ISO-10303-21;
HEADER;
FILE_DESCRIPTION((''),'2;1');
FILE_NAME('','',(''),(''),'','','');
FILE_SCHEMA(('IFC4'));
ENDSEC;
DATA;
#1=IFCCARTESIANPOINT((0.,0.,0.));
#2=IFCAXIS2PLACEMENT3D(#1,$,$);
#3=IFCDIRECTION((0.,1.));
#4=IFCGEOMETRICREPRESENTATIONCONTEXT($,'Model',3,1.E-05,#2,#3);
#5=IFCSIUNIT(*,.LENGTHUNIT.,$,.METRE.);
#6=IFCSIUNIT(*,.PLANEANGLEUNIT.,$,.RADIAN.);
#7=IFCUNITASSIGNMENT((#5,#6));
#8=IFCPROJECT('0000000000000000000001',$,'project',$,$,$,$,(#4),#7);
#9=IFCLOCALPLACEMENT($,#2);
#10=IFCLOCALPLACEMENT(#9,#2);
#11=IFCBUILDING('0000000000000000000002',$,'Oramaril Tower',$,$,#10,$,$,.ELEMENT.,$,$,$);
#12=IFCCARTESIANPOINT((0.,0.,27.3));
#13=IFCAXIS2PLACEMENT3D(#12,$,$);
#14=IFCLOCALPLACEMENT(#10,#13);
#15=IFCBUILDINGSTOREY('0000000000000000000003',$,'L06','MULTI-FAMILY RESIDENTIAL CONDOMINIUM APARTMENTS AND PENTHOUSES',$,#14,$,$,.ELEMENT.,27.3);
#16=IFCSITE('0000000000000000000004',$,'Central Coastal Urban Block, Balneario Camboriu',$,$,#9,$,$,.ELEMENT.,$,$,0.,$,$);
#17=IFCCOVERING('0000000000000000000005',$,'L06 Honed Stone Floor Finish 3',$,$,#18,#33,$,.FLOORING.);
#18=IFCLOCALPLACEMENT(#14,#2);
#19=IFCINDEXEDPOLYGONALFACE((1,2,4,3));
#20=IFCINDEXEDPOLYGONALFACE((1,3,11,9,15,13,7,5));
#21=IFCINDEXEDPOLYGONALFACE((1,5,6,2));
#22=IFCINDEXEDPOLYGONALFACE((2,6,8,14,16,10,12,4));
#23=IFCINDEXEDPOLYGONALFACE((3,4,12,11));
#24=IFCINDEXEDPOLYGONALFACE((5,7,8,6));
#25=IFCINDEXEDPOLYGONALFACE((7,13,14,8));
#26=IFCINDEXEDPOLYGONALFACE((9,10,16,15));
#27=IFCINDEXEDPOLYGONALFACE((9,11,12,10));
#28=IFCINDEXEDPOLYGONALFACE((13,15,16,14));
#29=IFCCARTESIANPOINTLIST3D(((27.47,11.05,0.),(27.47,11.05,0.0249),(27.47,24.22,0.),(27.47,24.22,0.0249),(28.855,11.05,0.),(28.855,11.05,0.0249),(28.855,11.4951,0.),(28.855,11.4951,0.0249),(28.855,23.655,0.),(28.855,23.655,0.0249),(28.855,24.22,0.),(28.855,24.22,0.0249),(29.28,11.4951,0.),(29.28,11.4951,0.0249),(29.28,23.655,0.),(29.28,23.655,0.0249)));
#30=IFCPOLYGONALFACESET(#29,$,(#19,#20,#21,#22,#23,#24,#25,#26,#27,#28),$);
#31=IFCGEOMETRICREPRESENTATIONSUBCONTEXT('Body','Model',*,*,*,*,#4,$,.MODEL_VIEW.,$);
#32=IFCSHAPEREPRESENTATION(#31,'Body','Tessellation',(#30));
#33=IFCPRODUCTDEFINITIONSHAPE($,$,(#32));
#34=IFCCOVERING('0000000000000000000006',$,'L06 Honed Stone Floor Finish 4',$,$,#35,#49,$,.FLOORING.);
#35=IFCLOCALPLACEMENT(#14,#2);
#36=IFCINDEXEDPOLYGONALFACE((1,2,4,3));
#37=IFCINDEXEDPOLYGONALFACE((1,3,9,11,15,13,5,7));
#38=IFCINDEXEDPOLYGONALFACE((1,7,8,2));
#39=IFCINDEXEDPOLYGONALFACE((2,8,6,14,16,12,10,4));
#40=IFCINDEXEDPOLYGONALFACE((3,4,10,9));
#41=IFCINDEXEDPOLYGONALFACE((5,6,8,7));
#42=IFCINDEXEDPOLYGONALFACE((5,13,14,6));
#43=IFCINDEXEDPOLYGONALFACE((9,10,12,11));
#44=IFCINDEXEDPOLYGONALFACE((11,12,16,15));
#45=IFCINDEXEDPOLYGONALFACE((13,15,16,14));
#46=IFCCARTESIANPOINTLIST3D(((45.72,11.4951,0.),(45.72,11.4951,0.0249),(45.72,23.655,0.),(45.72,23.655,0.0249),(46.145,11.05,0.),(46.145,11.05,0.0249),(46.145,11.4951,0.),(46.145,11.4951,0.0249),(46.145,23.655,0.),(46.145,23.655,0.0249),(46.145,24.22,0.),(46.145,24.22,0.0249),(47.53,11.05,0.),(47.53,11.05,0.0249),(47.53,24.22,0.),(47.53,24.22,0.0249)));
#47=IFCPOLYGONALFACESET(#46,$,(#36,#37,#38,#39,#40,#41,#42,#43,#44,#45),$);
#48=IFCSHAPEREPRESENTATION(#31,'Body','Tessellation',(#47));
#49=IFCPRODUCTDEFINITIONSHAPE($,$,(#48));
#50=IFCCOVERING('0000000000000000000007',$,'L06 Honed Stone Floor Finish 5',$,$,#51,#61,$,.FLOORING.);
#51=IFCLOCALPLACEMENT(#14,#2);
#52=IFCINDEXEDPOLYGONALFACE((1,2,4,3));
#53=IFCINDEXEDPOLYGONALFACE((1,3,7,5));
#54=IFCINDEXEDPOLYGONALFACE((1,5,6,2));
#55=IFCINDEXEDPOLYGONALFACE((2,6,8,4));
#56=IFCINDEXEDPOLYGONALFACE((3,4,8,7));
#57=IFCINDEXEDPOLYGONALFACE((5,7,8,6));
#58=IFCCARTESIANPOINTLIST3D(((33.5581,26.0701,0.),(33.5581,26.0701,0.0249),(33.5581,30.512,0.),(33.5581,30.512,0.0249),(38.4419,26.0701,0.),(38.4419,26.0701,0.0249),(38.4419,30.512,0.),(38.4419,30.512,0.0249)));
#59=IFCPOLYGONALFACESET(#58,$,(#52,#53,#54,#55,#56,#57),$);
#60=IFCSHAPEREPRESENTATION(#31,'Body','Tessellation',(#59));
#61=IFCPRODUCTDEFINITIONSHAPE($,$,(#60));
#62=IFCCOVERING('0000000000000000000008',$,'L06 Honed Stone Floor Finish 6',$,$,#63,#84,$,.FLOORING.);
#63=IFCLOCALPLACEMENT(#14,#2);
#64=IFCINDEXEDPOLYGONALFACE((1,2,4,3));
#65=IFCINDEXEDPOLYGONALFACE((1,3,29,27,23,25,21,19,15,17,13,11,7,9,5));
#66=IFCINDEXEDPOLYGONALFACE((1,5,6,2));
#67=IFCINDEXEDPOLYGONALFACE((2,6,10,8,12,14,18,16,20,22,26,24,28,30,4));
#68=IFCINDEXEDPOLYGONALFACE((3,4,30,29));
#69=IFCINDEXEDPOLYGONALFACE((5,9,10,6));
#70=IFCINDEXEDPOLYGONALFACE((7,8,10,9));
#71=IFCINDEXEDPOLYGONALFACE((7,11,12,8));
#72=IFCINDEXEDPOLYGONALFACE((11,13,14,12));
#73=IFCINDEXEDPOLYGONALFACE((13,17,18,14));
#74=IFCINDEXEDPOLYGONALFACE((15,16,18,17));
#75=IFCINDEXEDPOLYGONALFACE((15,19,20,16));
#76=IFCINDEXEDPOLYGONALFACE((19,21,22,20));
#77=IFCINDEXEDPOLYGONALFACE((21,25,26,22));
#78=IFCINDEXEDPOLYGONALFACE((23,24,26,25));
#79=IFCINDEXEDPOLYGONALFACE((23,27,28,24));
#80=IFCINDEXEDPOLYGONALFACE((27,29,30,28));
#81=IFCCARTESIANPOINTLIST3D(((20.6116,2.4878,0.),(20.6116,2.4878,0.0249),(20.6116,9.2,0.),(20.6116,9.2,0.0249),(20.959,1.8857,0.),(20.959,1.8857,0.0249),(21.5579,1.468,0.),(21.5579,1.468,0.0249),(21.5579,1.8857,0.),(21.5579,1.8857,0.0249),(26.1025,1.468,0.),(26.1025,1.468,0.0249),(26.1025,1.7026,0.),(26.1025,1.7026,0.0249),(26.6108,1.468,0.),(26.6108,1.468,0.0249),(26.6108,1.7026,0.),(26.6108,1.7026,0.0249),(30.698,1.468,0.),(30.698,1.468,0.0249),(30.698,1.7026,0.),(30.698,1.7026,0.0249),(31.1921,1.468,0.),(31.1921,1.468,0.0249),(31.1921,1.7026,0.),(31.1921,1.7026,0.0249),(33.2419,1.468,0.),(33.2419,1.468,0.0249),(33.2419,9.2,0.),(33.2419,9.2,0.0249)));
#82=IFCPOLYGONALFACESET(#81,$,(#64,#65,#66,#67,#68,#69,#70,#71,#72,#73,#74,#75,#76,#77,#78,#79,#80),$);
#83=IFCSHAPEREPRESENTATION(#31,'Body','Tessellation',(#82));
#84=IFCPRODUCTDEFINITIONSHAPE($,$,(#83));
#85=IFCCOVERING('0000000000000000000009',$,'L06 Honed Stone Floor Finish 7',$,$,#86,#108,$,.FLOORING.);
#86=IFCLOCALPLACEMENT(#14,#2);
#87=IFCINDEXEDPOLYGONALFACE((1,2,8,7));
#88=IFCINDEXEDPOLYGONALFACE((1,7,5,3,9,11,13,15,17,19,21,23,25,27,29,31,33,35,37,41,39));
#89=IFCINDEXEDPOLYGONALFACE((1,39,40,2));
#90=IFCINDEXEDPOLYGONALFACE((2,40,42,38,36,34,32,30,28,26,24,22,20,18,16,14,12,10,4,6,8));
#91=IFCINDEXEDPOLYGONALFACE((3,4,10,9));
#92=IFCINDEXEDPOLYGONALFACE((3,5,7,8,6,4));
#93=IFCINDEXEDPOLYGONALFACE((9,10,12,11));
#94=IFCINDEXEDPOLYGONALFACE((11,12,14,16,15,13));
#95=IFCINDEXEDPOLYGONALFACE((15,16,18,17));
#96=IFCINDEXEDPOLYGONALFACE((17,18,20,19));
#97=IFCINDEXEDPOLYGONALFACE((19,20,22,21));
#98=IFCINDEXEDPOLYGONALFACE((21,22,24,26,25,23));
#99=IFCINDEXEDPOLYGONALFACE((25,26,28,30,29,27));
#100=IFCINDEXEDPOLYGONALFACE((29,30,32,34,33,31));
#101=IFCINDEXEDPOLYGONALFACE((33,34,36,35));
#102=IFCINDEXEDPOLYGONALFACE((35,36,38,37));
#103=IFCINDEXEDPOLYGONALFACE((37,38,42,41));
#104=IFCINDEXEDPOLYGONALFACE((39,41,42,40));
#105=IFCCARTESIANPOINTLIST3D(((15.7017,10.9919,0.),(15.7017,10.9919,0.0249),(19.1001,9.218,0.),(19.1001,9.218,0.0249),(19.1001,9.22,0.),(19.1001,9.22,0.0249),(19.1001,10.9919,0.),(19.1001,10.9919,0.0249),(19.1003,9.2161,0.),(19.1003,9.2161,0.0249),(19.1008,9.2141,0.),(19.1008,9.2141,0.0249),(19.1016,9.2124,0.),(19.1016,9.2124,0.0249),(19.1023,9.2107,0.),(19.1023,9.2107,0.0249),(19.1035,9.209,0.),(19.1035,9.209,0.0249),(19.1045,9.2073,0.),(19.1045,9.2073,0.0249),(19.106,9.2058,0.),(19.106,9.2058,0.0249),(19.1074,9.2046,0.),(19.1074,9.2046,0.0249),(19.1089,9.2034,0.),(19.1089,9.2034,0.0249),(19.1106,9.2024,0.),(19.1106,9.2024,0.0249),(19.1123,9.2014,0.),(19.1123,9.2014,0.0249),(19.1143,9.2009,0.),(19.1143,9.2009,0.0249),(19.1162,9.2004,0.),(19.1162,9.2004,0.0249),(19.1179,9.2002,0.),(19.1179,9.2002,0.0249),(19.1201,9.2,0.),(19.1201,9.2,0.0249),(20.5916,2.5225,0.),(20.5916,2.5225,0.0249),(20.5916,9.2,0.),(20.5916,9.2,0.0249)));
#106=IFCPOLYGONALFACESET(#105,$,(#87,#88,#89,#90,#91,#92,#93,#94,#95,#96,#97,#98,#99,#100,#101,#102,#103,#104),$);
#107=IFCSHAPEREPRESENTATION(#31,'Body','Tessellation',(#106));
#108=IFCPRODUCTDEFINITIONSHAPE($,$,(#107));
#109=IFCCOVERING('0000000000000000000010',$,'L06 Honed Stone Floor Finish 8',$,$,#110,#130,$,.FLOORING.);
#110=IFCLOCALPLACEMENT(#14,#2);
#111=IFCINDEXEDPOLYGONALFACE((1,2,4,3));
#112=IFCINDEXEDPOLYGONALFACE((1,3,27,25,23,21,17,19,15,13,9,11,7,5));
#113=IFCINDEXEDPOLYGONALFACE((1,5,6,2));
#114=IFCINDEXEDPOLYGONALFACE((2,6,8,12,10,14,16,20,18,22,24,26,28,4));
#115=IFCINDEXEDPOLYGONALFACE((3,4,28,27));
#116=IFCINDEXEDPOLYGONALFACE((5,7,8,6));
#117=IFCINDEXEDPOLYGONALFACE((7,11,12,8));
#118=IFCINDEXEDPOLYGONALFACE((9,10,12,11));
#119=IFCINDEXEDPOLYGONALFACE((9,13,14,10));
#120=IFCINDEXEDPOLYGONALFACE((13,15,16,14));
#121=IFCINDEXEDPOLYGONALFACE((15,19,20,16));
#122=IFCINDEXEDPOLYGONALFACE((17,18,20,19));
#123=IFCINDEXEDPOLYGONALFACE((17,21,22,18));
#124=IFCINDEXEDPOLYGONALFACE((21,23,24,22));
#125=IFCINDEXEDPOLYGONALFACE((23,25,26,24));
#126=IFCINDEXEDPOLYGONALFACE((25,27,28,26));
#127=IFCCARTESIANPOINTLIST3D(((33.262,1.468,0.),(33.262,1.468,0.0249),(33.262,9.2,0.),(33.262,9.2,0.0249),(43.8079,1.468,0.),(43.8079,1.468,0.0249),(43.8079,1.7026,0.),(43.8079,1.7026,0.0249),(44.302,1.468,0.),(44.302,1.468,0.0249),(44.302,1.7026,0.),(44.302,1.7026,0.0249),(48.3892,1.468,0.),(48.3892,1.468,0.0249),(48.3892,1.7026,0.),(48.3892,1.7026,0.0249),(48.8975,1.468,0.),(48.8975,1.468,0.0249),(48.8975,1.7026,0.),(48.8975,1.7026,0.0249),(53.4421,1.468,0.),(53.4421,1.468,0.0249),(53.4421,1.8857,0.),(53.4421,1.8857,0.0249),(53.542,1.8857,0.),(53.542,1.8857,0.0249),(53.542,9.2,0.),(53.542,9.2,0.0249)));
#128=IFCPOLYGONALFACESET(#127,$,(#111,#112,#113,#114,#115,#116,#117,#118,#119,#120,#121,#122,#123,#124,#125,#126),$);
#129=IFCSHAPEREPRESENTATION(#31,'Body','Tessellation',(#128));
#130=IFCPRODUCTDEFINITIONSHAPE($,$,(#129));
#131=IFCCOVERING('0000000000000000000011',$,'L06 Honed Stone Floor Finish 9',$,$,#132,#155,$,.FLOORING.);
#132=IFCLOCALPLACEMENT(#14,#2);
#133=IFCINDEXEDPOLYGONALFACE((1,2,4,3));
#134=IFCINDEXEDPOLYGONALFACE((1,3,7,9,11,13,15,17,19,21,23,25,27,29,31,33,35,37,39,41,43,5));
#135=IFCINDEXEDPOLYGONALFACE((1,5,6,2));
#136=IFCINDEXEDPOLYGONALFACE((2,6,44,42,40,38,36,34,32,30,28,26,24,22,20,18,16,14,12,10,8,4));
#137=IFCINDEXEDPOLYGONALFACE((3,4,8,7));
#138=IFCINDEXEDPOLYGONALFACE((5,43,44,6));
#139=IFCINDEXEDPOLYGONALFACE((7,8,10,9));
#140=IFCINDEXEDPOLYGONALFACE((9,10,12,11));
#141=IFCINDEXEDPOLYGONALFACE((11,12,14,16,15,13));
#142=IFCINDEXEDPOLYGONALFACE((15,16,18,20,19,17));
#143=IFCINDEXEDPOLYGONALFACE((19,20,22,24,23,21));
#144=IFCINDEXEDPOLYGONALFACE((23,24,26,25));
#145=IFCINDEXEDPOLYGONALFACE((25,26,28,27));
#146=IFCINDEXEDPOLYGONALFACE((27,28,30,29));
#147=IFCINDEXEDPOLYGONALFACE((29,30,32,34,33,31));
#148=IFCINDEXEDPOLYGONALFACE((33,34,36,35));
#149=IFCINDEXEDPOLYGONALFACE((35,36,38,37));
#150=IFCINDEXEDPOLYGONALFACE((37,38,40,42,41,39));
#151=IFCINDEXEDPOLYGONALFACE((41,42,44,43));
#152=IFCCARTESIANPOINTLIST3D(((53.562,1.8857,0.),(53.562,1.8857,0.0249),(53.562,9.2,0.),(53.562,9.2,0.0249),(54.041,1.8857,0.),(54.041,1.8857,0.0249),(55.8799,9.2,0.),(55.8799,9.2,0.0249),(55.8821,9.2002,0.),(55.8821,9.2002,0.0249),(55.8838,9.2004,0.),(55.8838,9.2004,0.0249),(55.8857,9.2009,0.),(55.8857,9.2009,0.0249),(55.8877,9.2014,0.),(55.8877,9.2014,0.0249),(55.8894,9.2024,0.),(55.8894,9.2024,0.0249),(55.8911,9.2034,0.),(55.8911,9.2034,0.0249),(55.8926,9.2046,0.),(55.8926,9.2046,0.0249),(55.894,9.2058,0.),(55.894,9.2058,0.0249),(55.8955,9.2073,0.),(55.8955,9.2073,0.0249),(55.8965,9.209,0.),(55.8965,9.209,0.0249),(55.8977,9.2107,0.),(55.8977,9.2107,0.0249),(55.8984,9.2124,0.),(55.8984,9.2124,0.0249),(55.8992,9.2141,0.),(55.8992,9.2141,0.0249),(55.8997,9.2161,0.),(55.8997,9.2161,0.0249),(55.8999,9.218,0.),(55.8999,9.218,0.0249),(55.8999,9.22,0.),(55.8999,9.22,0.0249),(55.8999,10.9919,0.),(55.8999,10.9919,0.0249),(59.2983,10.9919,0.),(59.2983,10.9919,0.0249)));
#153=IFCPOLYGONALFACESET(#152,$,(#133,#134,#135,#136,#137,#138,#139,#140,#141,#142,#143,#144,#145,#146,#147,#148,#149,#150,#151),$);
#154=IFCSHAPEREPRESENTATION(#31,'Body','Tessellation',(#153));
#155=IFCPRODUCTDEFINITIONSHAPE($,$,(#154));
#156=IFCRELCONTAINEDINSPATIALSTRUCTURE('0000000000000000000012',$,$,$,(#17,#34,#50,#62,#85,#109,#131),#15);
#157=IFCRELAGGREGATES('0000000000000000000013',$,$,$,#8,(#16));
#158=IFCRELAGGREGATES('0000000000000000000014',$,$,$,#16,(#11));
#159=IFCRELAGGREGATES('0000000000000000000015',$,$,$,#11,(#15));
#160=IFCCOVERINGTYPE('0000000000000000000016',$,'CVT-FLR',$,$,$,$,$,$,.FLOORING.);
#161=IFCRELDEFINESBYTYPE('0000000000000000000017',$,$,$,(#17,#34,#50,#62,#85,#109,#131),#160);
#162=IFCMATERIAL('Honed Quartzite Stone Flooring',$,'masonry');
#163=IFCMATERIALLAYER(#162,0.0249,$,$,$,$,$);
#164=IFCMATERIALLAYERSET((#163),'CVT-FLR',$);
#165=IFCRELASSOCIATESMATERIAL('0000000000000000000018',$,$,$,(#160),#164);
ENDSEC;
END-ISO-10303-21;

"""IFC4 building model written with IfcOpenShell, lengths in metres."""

from ifc_helpers import new_model, si_unit, direction, frame, origin, place, context, subcontext, project, spatial, polyline, outline, extrude, material, layer, layer_set, type_object, element, save


model = new_model("IFC4")

# Units and contexts
model_context = context("Model", 3, precision=1e-05, world=origin(), true_north=direction((0.0, 1.0)))
body_context = subcontext(model_context, "Body", "Model", "MODEL_VIEW")
ifc_project = project(units=[si_unit("LENGTHUNIT", "METRE"), si_unit("PLANEANGLEUNIT", "RADIAN")], contexts=[model_context])

# Site, building, storey
site_placement = place(None, origin())
site = spatial("IfcSite", under=ifc_project, at=site_placement, Name="Central Coastal Urban Block, Balneario Camboriu", CompositionType="ELEMENT", RefElevation=0.0)
building_placement = place(site_placement, origin())
building = spatial("IfcBuilding", under=site, at=building_placement, Name="Oramaril Tower", CompositionType="ELEMENT")
storey_placement = place(building_placement, frame((0.0, 0.0, 27.3)))
storey = spatial("IfcBuildingStorey", under=building, at=storey_placement, Name="L06", Description="MULTI-FAMILY RESIDENTIAL CONDOMINIUM APARTMENTS AND PENTHOUSES", CompositionType="ELEMENT", Elevation=27.3)

# Coverings
ifc_material_1 = material(Name="Honed Quartzite Stone Flooring", Category="masonry")
ifc_layer_1 = layer(ifc_material_1, 0.0249)
ifc_layer_set_1 = layer_set([ifc_layer_1], Name="CVT-FLR")
covering_type = type_object("IfcCoveringType", Name="CVT-FLR", PredefinedType="FLOORING", material=ifc_layer_set_1)
covering_1_placement = place(storey_placement, origin())
element("IfcCovering", 1, at=covering_1_placement, inside=storey, type_object=covering_type, Name="L06 Honed Stone Floor Finish 3", PredefinedType="FLOORING", context=body_context, shape_type="SweptSolid", body=[
    extrude(outline(polyline([(28.855, 23.655), (29.28, 23.655), (29.28, 11.4951), (28.855, 11.4951), (28.855, 11.05), (27.47, 11.05), (27.47, 24.22), (28.855, 24.22), (28.855, 23.655)])), origin(), (0.0, 0.0, 1.0), 0.0249),
])
covering_2_placement = place(storey_placement, origin())
element("IfcCovering", 2, at=covering_2_placement, inside=storey, type_object=covering_type, Name="L06 Honed Stone Floor Finish 4", PredefinedType="FLOORING", context=body_context, shape_type="SweptSolid", body=[
    extrude(outline(polyline([(47.53, 11.05), (46.145, 11.05), (46.145, 11.4951), (45.72, 11.4951), (45.72, 23.655), (46.145, 23.655), (46.145, 24.22), (47.53, 24.22), (47.53, 11.05)])), origin(), (0.0, 0.0, 1.0), 0.0249),
])
covering_3_placement = place(storey_placement, origin())
element("IfcCovering", 3, at=covering_3_placement, inside=storey, type_object=covering_type, Name="L06 Honed Stone Floor Finish 5", PredefinedType="FLOORING", context=body_context, shape_type="SweptSolid", body=[
    extrude(outline(polyline([(38.4419, 30.512), (38.4419, 26.0701), (33.5581, 26.0701), (33.5581, 30.512), (38.4419, 30.512)])), origin(), (0.0, 0.0, 1.0), 0.0249),
])
covering_4_placement = place(storey_placement, origin())
element("IfcCovering", 4, at=covering_4_placement, inside=storey, type_object=covering_type, Name="L06 Honed Stone Floor Finish 6", PredefinedType="FLOORING", context=body_context, shape_type="SweptSolid", body=[
    extrude(outline(polyline([(31.1921, 1.7026), (30.698, 1.7026), (30.698, 1.468), (26.6108, 1.468), (26.6108, 1.7026), (26.1025, 1.7026), (26.1025, 1.468), (21.5579, 1.468), (21.5579, 1.8857), (20.959, 1.8857), (20.6116, 2.4878), (20.6116, 9.2), (33.2419, 9.2), (33.2419, 1.468), (31.1921, 1.468), (31.1921, 1.7026)])), origin(), (0.0, 0.0, 1.0), 0.0249),
])
covering_5_placement = place(storey_placement, origin())
element("IfcCovering", 5, at=covering_5_placement, inside=storey, type_object=covering_type, Name="L06 Honed Stone Floor Finish 7", PredefinedType="FLOORING", context=body_context, shape_type="SweptSolid", body=[
    extrude(outline(polyline([(15.7017, 10.9919), (19.1001, 10.9919), (19.1001, 9.22), (19.1001, 9.218), (19.1003, 9.2161), (19.1008, 9.2141), (19.1016, 9.2124), (19.1023, 9.2107), (19.1035, 9.209), (19.1045, 9.2073), (19.106, 9.2058), (19.1074, 9.2046), (19.1089, 9.2034), (19.1106, 9.2024), (19.1123, 9.2014), (19.1143, 9.2009), (19.1162, 9.2004), (19.1179, 9.2002), (19.1201, 9.2), (20.5916, 9.2), (20.5916, 2.5225), (15.7017, 10.9919)])), origin(), (0.0, 0.0, 1.0), 0.0249),
])
covering_6_placement = place(storey_placement, origin())
element("IfcCovering", 6, at=covering_6_placement, inside=storey, type_object=covering_type, Name="L06 Honed Stone Floor Finish 8", PredefinedType="FLOORING", context=body_context, shape_type="SweptSolid", body=[
    extrude(outline(polyline([(53.4421, 1.8857), (53.4421, 1.468), (48.8975, 1.468), (48.8975, 1.7026), (48.3892, 1.7026), (48.3892, 1.468), (44.302, 1.468), (44.302, 1.7026), (43.8079, 1.7026), (43.8079, 1.468), (33.262, 1.468), (33.262, 9.2), (53.542, 9.2), (53.542, 1.8857), (53.4421, 1.8857)])), origin(), (0.0, 0.0, 1.0), 0.0249),
])
covering_7_placement = place(storey_placement, origin())
element("IfcCovering", 7, at=covering_7_placement, inside=storey, type_object=covering_type, Name="L06 Honed Stone Floor Finish 9", PredefinedType="FLOORING", context=body_context, shape_type="SweptSolid", body=[
    extrude(outline(polyline([(59.2983, 10.9919), (54.041, 1.8857), (53.562, 1.8857), (53.562, 9.2), (55.8799, 9.2), (55.8821, 9.2002), (55.8838, 9.2004), (55.8857, 9.2009), (55.8877, 9.2014), (55.8894, 9.2024), (55.8911, 9.2034), (55.8926, 9.2046), (55.894, 9.2058), (55.8955, 9.2073), (55.8965, 9.209), (55.8977, 9.2107), (55.8984, 9.2124), (55.8992, 9.2141), (55.8997, 9.2161), (55.8999, 9.218), (55.8999, 9.22), (55.8999, 10.9919), (59.2983, 10.9919)])), origin(), (0.0, 0.0, 1.0), 0.0249),
])

save(model, "model.ifc")
